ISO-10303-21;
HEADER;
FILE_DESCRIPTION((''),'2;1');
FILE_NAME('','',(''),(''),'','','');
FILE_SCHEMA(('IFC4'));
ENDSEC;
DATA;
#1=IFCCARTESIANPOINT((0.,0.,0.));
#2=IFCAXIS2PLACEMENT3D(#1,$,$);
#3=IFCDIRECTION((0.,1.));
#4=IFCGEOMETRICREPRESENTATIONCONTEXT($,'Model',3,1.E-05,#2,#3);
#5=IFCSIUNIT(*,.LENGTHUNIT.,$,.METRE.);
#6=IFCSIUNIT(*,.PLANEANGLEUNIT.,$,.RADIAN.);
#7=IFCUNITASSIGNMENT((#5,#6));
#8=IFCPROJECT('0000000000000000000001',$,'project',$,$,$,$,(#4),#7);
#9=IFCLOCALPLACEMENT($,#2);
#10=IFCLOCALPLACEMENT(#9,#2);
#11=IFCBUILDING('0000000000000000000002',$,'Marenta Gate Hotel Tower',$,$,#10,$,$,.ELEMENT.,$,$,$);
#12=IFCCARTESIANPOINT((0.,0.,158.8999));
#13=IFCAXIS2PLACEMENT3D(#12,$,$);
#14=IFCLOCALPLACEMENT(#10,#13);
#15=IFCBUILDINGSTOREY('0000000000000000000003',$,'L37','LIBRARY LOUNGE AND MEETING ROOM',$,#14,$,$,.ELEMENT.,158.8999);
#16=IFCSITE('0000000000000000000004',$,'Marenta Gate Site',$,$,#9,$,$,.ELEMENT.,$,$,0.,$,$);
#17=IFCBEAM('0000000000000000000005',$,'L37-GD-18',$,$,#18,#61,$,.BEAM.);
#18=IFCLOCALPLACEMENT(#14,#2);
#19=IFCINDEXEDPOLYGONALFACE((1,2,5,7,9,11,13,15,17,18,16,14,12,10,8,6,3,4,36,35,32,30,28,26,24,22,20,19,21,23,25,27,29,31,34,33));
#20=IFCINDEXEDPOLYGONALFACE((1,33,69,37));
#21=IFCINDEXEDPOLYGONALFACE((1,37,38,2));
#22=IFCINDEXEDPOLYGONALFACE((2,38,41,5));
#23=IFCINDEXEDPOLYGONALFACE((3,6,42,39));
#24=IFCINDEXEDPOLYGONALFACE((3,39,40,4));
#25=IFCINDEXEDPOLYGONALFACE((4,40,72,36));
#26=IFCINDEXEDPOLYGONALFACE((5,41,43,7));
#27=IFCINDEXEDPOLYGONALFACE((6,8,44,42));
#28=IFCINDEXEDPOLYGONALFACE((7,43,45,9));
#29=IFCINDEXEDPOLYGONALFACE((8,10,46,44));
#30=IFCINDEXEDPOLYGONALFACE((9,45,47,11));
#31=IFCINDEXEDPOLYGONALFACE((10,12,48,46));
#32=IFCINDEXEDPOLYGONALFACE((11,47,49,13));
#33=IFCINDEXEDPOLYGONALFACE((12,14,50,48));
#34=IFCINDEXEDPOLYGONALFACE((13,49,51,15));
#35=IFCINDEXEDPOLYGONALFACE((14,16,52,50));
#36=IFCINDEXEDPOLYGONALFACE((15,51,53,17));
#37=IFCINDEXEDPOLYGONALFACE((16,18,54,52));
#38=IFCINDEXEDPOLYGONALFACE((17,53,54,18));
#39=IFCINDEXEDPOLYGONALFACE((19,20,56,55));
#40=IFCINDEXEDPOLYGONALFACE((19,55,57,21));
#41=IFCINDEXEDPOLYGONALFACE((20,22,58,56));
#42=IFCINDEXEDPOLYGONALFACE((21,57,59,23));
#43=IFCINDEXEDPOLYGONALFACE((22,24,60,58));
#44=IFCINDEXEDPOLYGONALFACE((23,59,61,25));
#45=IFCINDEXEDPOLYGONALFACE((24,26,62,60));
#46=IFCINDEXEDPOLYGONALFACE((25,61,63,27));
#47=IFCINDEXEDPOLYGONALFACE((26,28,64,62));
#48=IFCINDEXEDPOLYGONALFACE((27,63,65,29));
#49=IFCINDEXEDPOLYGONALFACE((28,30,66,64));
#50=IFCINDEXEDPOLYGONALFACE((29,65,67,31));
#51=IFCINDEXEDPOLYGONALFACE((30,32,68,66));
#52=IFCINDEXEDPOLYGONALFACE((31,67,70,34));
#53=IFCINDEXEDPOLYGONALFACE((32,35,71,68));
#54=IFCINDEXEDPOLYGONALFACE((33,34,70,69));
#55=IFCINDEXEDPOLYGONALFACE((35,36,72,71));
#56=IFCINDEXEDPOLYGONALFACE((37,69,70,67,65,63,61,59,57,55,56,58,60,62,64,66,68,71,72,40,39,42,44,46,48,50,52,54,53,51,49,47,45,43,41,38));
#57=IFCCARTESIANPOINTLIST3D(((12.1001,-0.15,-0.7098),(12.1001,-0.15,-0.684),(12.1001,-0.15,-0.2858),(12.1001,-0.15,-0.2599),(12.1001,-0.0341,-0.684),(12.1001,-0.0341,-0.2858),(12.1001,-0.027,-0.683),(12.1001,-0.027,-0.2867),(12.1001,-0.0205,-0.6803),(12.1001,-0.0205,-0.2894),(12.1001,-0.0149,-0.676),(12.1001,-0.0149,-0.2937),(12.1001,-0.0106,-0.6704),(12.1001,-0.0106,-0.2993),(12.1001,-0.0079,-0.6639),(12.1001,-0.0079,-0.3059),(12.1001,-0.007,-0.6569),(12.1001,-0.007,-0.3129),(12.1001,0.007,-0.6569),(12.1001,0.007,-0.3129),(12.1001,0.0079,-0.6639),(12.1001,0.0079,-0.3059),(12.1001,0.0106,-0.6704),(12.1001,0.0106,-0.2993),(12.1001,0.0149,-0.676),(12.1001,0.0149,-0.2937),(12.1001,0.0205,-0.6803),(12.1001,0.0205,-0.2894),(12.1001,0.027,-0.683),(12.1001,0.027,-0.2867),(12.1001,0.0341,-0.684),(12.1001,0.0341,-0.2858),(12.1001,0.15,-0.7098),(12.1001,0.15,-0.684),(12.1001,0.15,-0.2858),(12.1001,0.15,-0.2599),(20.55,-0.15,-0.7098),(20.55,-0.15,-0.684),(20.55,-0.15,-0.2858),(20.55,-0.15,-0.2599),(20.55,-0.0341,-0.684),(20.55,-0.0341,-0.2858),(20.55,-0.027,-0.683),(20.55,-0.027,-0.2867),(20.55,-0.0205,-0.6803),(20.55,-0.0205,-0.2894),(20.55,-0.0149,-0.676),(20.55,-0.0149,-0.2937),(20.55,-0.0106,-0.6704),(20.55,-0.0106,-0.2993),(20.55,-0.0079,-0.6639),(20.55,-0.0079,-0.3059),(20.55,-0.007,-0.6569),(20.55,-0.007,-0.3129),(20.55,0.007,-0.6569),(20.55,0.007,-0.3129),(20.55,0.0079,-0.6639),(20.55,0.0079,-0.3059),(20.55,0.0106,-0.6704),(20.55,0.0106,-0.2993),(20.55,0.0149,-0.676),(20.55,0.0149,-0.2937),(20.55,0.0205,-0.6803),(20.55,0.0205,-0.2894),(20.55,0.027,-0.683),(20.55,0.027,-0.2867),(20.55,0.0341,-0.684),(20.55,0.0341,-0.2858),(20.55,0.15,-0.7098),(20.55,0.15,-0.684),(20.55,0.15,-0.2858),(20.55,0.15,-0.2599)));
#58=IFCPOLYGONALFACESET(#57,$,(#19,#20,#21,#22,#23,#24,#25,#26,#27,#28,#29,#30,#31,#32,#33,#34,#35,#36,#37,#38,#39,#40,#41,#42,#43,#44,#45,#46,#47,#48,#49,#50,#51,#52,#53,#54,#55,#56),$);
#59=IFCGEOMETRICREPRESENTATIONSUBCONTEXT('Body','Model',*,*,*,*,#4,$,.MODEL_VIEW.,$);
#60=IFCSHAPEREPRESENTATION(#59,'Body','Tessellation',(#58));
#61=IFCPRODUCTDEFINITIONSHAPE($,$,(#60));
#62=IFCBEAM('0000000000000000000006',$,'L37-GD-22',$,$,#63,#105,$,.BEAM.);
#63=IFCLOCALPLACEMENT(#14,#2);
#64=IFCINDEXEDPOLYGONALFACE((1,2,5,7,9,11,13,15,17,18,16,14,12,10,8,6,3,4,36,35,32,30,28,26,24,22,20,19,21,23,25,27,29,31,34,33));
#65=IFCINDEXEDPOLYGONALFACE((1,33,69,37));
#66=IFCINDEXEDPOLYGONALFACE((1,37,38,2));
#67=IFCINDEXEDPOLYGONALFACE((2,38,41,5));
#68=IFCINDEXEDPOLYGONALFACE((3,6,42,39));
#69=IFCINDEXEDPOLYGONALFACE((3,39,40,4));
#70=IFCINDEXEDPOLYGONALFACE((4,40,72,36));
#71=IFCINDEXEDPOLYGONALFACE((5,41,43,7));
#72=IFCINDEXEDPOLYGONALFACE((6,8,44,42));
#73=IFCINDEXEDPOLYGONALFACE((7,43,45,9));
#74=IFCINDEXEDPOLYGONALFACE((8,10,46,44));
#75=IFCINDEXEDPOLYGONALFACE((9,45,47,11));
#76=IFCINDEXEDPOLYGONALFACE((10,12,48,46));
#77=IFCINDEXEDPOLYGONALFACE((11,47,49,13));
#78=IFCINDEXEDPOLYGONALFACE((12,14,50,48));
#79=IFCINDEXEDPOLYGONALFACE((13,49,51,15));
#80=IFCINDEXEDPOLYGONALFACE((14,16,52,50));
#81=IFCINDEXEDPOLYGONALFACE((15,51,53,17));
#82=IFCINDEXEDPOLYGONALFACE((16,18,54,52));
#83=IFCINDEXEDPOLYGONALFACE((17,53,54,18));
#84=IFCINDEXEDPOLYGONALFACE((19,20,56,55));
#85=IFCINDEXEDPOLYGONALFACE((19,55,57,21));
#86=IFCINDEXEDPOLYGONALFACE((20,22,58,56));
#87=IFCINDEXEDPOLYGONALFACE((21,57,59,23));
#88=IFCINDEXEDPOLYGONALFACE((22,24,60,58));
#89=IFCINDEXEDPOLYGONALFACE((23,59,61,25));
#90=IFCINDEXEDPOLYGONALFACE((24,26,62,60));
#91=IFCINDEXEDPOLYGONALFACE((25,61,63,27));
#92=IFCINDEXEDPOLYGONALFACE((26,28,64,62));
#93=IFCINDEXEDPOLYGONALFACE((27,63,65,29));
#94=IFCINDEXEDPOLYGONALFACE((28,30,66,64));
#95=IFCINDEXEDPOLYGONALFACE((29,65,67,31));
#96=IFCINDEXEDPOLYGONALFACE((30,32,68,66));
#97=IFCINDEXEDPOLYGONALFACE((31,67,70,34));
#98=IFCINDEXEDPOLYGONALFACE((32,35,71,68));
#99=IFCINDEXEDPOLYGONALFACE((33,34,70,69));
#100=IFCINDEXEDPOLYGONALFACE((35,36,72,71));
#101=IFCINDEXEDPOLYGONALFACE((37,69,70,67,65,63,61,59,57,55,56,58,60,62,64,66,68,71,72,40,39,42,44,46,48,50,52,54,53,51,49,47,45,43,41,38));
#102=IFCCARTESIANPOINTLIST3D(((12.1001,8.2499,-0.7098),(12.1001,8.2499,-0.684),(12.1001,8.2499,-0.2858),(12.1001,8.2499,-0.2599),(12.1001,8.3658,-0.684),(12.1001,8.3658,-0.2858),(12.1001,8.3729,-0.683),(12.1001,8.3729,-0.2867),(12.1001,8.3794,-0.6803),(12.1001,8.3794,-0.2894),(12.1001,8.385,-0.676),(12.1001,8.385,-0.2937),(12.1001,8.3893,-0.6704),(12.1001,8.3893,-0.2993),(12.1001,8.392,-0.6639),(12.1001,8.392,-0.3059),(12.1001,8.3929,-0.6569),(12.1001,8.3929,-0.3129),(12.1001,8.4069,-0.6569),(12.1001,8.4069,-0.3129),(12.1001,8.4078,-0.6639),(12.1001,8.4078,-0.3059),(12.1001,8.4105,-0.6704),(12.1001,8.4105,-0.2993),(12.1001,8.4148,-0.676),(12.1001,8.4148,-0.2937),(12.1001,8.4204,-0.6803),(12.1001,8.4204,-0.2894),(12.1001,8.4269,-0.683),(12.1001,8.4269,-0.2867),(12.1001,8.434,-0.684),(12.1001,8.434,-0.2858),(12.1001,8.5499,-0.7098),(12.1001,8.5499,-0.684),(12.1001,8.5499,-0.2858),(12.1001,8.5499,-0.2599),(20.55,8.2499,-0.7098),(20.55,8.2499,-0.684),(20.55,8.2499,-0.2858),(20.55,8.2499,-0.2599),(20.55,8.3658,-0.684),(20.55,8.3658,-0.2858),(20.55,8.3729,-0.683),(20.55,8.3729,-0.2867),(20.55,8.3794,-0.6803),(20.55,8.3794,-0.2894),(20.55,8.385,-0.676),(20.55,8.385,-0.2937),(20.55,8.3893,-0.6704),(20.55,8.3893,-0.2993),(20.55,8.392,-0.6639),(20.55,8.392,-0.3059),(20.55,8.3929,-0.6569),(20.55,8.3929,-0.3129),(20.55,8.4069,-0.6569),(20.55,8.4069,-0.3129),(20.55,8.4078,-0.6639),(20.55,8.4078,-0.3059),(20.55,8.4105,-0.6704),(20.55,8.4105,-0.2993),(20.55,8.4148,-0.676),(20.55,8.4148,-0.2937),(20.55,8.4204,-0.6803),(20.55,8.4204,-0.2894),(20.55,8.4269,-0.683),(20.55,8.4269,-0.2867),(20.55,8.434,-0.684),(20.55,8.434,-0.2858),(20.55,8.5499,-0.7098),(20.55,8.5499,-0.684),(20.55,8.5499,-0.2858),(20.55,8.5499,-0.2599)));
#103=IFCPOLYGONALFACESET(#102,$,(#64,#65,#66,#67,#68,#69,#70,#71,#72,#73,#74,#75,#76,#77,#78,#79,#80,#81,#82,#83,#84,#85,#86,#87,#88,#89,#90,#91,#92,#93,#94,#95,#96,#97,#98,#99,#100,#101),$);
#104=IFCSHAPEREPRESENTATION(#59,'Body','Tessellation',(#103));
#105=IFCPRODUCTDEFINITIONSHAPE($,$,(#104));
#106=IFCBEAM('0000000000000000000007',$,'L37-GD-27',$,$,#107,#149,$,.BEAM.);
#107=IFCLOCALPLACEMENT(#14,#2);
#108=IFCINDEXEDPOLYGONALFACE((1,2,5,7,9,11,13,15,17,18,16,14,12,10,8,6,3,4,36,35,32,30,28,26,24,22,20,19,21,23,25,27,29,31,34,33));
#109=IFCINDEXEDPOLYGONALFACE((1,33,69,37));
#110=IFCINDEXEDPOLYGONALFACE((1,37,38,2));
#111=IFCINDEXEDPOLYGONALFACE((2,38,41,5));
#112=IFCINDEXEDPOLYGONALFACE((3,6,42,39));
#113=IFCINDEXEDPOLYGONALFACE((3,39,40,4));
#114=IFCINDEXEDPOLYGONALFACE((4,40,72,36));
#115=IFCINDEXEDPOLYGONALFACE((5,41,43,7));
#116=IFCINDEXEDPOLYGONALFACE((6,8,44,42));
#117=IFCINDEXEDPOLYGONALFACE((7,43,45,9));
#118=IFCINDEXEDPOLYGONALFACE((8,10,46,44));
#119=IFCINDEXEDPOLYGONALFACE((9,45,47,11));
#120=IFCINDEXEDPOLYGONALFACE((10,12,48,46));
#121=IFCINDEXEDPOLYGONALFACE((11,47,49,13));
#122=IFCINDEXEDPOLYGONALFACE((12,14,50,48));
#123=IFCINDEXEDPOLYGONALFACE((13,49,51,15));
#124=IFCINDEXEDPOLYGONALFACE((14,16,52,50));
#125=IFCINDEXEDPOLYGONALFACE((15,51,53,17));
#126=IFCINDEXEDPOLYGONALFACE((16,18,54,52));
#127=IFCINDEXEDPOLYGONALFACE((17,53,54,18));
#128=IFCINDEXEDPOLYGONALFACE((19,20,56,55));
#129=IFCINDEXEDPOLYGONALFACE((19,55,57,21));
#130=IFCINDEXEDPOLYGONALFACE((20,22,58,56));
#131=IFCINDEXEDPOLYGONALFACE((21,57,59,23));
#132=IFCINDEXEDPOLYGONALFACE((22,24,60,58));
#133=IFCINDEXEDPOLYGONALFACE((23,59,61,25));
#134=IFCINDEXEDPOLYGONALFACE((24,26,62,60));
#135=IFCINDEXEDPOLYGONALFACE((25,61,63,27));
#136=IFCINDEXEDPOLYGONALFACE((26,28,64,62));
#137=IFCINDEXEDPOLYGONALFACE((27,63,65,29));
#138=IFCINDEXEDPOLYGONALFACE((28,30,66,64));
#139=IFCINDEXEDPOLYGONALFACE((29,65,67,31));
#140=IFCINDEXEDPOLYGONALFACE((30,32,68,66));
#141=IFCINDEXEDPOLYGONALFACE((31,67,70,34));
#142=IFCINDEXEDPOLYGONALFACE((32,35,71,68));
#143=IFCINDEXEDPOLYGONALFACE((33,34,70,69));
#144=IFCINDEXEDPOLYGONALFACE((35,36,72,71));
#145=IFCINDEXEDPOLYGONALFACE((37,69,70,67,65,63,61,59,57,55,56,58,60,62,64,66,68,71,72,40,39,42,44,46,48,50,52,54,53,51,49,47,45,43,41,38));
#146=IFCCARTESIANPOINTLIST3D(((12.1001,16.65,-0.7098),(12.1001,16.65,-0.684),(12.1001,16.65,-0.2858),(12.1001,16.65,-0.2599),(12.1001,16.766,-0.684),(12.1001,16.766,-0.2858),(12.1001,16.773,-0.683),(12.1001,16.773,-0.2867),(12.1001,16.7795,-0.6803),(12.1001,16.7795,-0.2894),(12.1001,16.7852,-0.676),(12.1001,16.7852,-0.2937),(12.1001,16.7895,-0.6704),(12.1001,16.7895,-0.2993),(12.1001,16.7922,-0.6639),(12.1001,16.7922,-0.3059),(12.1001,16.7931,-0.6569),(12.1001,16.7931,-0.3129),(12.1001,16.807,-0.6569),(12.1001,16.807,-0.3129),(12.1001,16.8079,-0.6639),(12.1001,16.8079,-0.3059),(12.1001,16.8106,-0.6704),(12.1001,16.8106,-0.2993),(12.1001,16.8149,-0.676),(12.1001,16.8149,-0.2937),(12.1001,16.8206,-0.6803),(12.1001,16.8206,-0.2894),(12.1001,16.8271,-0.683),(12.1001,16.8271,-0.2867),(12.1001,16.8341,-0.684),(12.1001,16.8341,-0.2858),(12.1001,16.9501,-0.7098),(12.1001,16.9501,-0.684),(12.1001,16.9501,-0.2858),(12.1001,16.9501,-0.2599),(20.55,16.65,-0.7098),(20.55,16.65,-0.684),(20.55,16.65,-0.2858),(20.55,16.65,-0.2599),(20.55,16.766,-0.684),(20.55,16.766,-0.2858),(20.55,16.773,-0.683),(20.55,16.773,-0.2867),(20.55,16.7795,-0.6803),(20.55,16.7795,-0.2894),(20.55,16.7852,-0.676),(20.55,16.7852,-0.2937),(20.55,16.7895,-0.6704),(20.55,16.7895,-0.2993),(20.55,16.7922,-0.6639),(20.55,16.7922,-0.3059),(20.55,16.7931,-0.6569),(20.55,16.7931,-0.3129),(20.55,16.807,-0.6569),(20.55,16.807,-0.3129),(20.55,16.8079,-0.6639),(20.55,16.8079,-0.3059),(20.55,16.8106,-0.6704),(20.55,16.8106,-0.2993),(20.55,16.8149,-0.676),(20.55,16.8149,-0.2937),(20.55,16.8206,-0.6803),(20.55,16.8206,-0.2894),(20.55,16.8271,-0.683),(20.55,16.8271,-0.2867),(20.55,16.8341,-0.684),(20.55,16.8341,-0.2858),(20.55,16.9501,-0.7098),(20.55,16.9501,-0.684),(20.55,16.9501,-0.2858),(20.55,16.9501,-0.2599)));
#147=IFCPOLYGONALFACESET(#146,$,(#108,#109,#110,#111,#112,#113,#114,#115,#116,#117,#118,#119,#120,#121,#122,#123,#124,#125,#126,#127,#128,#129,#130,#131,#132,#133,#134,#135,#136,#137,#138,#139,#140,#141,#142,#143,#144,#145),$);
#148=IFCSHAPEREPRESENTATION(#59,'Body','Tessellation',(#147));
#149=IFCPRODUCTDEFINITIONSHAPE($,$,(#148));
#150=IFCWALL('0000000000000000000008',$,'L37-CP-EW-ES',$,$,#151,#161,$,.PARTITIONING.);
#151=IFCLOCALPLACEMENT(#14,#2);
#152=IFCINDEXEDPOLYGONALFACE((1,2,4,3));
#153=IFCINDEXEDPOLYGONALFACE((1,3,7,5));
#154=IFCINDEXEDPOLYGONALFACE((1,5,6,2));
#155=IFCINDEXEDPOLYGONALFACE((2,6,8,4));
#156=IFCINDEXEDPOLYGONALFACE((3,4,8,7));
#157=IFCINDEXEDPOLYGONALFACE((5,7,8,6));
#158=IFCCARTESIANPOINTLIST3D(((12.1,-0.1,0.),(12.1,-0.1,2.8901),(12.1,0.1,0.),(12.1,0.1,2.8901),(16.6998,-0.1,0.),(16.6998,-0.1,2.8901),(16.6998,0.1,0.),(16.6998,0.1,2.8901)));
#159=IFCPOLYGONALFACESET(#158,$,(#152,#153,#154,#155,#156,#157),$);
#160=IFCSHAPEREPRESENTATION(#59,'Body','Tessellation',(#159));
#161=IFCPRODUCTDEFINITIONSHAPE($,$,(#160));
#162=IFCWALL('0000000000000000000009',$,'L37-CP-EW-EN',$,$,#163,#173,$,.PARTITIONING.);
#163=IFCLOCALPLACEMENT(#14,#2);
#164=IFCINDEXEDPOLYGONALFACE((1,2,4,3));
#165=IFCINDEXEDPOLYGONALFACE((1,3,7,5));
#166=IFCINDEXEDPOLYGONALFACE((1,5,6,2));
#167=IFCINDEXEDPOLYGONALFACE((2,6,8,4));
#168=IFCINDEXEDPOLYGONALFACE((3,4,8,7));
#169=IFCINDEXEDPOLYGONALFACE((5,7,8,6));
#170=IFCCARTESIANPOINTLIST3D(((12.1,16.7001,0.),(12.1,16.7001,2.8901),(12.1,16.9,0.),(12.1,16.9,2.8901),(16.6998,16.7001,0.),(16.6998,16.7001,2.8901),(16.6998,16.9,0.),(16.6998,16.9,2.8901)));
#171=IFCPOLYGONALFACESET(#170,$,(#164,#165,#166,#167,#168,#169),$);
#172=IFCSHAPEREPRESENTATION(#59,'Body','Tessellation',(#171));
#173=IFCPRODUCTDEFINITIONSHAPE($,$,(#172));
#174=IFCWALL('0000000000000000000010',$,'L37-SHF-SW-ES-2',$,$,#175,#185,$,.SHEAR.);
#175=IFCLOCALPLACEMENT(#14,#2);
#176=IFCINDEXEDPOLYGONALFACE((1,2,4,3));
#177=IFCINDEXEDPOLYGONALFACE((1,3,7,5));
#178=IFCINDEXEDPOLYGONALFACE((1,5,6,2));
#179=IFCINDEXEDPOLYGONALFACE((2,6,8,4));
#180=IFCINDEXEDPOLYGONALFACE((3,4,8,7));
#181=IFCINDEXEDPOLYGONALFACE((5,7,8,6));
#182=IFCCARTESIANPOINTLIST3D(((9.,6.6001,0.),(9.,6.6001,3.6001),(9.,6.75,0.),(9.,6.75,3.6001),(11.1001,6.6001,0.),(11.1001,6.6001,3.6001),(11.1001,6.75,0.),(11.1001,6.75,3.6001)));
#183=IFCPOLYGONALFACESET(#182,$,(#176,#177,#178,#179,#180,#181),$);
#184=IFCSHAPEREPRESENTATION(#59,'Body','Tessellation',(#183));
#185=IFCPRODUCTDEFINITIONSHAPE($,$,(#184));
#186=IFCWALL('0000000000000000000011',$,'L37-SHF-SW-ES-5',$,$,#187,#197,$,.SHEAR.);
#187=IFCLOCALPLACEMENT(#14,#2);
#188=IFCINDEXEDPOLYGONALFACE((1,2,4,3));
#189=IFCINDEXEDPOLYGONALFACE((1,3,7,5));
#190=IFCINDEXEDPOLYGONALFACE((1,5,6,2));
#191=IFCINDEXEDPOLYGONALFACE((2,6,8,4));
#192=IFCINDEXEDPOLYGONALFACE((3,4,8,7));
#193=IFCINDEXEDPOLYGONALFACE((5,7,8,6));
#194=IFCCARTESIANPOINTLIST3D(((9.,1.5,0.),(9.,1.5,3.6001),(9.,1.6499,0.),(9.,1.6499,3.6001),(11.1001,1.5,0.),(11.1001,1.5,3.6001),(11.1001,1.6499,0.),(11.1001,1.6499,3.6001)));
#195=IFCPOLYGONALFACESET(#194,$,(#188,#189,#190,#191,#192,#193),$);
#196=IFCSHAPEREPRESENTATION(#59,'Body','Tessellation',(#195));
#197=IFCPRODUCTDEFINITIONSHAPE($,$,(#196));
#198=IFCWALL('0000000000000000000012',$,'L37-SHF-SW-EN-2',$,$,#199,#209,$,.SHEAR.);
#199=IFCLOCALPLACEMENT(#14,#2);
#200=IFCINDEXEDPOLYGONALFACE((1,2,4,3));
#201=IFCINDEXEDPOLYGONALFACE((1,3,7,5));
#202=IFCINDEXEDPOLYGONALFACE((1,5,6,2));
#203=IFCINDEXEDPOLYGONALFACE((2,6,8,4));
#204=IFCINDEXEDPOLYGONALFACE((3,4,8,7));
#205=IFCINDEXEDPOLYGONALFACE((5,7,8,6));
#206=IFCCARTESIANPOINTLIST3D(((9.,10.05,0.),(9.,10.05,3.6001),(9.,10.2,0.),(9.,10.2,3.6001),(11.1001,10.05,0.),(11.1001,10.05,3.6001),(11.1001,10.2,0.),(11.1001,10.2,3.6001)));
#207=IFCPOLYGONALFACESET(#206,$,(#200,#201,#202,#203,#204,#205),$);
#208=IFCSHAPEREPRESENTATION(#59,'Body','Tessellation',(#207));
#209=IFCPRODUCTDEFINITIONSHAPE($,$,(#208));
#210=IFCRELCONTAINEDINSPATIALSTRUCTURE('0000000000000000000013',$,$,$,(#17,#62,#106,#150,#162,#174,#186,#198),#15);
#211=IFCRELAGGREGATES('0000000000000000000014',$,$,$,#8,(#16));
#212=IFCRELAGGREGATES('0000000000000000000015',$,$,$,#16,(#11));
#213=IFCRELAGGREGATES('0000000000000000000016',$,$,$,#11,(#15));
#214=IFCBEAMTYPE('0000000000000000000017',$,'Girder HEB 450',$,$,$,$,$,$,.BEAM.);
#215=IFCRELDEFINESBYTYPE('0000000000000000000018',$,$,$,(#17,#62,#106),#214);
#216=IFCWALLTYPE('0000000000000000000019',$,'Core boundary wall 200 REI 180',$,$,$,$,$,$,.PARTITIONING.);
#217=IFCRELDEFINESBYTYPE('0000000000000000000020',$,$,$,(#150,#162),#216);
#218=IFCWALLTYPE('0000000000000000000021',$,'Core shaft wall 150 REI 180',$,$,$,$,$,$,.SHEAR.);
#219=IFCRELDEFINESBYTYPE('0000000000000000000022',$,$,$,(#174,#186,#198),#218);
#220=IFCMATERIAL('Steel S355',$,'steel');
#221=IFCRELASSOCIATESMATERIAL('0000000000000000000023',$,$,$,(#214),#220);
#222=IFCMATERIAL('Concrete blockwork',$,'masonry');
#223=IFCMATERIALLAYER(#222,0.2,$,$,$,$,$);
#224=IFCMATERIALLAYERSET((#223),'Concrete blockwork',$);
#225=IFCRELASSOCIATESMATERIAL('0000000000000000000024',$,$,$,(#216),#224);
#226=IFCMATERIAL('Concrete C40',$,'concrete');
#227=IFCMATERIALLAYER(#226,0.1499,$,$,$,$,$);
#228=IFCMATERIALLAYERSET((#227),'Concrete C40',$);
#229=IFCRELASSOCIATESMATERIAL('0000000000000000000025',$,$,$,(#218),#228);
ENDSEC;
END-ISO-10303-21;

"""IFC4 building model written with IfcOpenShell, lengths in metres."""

from ifc_helpers import new_model, si_unit, direction, frame, frame_2d, origin, origin_2d, place, context, subcontext, project, spatial, rectangle, i_section, extrude, material, layer, layer_set, material_profile, profile_set, type_object, element, save


model = new_model("IFC4")

# Units and contexts
model_context = context("Model", 3, precision=1e-05, world=origin(), true_north=direction((0.0, 1.0)))
body_context = subcontext(model_context, "Body", "Model", "MODEL_VIEW")
ifc_project = project(units=[si_unit("LENGTHUNIT", "METRE"), si_unit("PLANEANGLEUNIT", "RADIAN")], contexts=[model_context])

# Site, building, storey
site_placement = place(None, origin())
site = spatial("IfcSite", under=ifc_project, at=site_placement, Name="Marenta Gate Site", CompositionType="ELEMENT", RefElevation=0.0)
building_placement = place(site_placement, origin())
building = spatial("IfcBuilding", under=site, at=building_placement, Name="Marenta Gate Hotel Tower", CompositionType="ELEMENT")
storey_placement = place(building_placement, frame((0.0, 0.0, 158.8999)))
storey = spatial("IfcBuildingStorey", under=building, at=storey_placement, Name="L37", Description="LIBRARY LOUNGE AND MEETING ROOM", CompositionType="ELEMENT", Elevation=158.8999)

# Beams
ifc_material_1 = material(Name="Steel S355", Category="steel")
ifc_material_profile = material_profile(ifc_material_1, i_section(OverallWidth=0.3, OverallDepth=0.45, WebThickness=0.0139, FlangeThickness=0.0259, FilletRadius=0.0271, at=origin_2d()), Name="HEB 450")
ifc_profile_set = profile_set([ifc_material_profile], Name="Steel S355")
beam_type = type_object("IfcBeamType", Name="Girder HEB 450", PredefinedType="BEAM", material=ifc_profile_set)
for number, where, z_axis, x_axis, name in (
    (1, (12.1001, 0.0, -0.4849), (1.0, 0.0, 0.0), (0.0, 1.0, 0.0), "L37-GD-18"),
    (2, (12.1001, 8.3999, -0.4849), (1.0, 0.0, 0.0), (0.0, 1.0, 0.0), "L37-GD-22"),
    (3, (12.1001, 16.8, -0.4849), (1.0, 0.0, 0.0), (0.0, 1.0, 0.0), "L37-GD-27"),
):
    element("IfcBeam", number, at=place(storey_placement, frame(where, z_axis=z_axis, x_axis=x_axis)), inside=storey, type_object=beam_type, Name=name, PredefinedType="BEAM", context=body_context, shape_type="SweptSolid", body=[
        extrude(i_section(OverallWidth=0.3, OverallDepth=0.45, WebThickness=0.0139, FlangeThickness=0.0259, FilletRadius=0.0271, at=origin_2d()), origin(), (0.0, 0.0, 1.0), 8.45),
    ])

# Walls
ifc_material_2 = material(Name="Concrete blockwork", Category="masonry")
ifc_layer_1 = layer(ifc_material_2, 0.2)
ifc_layer_set_1 = layer_set([ifc_layer_1], Name="Concrete blockwork")
wall_type_1 = type_object("IfcWallType", Name="Core boundary wall 200 REI 180", PredefinedType="PARTITIONING", material=ifc_layer_set_1)
for number, where, z_axis, x_axis, name in (
    (4, (12.1001, 0.0, 0.0), (0.0, 0.0, 1.0), (1.0, 0.0, 0.0), "L37-CP-EW-ES"),
    (5, (12.1001, 16.8, 0.0), (0.0, 0.0, 1.0), (1.0, 0.0, 0.0), "L37-CP-EW-EN"),
):
    element("IfcWall", number, at=place(storey_placement, frame(where, z_axis=z_axis, x_axis=x_axis)), inside=storey, type_object=wall_type_1, Name=name, PredefinedType="PARTITIONING", context=body_context, shape_type="SweptSolid", body=[
        extrude(rectangle(XDim=4.5999, YDim=0.2, at=frame_2d((2.2998, 0.0))), origin(), (0.0, 0.0, 1.0), 2.8901),
    ])
ifc_material_3 = material(Name="Concrete C40", Category="concrete")
ifc_layer_2 = layer(ifc_material_3, 0.1499)
ifc_layer_set_2 = layer_set([ifc_layer_2], Name="Concrete C40")
wall_type_2 = type_object("IfcWallType", Name="Core shaft wall 150 REI 180", PredefinedType="SHEAR", material=ifc_layer_set_2)
for number, where, z_axis, x_axis, name in (
    (6, (9.0, 6.675, 0.0), (0.0, 0.0, 1.0), (1.0, 0.0, 0.0), "L37-SHF-SW-ES-2"),
    (7, (9.0, 1.575, 0.0), (0.0, 0.0, 1.0), (1.0, 0.0, 0.0), "L37-SHF-SW-ES-5"),
    (8, (9.0, 10.125, 0.0), (0.0, 0.0, 1.0), (1.0, 0.0, 0.0), "L37-SHF-SW-EN-2"),
):
    element("IfcWall", number, at=place(storey_placement, frame(where, z_axis=z_axis, x_axis=x_axis)), inside=storey, type_object=wall_type_2, Name=name, PredefinedType="SHEAR", context=body_context, shape_type="SweptSolid", body=[
        extrude(rectangle(XDim=2.1001, YDim=0.1499, at=frame_2d((1.05, 0.0))), origin(), (0.0, 0.0, 1.0), 3.6001),
    ])

save(model, "model.ifc")
